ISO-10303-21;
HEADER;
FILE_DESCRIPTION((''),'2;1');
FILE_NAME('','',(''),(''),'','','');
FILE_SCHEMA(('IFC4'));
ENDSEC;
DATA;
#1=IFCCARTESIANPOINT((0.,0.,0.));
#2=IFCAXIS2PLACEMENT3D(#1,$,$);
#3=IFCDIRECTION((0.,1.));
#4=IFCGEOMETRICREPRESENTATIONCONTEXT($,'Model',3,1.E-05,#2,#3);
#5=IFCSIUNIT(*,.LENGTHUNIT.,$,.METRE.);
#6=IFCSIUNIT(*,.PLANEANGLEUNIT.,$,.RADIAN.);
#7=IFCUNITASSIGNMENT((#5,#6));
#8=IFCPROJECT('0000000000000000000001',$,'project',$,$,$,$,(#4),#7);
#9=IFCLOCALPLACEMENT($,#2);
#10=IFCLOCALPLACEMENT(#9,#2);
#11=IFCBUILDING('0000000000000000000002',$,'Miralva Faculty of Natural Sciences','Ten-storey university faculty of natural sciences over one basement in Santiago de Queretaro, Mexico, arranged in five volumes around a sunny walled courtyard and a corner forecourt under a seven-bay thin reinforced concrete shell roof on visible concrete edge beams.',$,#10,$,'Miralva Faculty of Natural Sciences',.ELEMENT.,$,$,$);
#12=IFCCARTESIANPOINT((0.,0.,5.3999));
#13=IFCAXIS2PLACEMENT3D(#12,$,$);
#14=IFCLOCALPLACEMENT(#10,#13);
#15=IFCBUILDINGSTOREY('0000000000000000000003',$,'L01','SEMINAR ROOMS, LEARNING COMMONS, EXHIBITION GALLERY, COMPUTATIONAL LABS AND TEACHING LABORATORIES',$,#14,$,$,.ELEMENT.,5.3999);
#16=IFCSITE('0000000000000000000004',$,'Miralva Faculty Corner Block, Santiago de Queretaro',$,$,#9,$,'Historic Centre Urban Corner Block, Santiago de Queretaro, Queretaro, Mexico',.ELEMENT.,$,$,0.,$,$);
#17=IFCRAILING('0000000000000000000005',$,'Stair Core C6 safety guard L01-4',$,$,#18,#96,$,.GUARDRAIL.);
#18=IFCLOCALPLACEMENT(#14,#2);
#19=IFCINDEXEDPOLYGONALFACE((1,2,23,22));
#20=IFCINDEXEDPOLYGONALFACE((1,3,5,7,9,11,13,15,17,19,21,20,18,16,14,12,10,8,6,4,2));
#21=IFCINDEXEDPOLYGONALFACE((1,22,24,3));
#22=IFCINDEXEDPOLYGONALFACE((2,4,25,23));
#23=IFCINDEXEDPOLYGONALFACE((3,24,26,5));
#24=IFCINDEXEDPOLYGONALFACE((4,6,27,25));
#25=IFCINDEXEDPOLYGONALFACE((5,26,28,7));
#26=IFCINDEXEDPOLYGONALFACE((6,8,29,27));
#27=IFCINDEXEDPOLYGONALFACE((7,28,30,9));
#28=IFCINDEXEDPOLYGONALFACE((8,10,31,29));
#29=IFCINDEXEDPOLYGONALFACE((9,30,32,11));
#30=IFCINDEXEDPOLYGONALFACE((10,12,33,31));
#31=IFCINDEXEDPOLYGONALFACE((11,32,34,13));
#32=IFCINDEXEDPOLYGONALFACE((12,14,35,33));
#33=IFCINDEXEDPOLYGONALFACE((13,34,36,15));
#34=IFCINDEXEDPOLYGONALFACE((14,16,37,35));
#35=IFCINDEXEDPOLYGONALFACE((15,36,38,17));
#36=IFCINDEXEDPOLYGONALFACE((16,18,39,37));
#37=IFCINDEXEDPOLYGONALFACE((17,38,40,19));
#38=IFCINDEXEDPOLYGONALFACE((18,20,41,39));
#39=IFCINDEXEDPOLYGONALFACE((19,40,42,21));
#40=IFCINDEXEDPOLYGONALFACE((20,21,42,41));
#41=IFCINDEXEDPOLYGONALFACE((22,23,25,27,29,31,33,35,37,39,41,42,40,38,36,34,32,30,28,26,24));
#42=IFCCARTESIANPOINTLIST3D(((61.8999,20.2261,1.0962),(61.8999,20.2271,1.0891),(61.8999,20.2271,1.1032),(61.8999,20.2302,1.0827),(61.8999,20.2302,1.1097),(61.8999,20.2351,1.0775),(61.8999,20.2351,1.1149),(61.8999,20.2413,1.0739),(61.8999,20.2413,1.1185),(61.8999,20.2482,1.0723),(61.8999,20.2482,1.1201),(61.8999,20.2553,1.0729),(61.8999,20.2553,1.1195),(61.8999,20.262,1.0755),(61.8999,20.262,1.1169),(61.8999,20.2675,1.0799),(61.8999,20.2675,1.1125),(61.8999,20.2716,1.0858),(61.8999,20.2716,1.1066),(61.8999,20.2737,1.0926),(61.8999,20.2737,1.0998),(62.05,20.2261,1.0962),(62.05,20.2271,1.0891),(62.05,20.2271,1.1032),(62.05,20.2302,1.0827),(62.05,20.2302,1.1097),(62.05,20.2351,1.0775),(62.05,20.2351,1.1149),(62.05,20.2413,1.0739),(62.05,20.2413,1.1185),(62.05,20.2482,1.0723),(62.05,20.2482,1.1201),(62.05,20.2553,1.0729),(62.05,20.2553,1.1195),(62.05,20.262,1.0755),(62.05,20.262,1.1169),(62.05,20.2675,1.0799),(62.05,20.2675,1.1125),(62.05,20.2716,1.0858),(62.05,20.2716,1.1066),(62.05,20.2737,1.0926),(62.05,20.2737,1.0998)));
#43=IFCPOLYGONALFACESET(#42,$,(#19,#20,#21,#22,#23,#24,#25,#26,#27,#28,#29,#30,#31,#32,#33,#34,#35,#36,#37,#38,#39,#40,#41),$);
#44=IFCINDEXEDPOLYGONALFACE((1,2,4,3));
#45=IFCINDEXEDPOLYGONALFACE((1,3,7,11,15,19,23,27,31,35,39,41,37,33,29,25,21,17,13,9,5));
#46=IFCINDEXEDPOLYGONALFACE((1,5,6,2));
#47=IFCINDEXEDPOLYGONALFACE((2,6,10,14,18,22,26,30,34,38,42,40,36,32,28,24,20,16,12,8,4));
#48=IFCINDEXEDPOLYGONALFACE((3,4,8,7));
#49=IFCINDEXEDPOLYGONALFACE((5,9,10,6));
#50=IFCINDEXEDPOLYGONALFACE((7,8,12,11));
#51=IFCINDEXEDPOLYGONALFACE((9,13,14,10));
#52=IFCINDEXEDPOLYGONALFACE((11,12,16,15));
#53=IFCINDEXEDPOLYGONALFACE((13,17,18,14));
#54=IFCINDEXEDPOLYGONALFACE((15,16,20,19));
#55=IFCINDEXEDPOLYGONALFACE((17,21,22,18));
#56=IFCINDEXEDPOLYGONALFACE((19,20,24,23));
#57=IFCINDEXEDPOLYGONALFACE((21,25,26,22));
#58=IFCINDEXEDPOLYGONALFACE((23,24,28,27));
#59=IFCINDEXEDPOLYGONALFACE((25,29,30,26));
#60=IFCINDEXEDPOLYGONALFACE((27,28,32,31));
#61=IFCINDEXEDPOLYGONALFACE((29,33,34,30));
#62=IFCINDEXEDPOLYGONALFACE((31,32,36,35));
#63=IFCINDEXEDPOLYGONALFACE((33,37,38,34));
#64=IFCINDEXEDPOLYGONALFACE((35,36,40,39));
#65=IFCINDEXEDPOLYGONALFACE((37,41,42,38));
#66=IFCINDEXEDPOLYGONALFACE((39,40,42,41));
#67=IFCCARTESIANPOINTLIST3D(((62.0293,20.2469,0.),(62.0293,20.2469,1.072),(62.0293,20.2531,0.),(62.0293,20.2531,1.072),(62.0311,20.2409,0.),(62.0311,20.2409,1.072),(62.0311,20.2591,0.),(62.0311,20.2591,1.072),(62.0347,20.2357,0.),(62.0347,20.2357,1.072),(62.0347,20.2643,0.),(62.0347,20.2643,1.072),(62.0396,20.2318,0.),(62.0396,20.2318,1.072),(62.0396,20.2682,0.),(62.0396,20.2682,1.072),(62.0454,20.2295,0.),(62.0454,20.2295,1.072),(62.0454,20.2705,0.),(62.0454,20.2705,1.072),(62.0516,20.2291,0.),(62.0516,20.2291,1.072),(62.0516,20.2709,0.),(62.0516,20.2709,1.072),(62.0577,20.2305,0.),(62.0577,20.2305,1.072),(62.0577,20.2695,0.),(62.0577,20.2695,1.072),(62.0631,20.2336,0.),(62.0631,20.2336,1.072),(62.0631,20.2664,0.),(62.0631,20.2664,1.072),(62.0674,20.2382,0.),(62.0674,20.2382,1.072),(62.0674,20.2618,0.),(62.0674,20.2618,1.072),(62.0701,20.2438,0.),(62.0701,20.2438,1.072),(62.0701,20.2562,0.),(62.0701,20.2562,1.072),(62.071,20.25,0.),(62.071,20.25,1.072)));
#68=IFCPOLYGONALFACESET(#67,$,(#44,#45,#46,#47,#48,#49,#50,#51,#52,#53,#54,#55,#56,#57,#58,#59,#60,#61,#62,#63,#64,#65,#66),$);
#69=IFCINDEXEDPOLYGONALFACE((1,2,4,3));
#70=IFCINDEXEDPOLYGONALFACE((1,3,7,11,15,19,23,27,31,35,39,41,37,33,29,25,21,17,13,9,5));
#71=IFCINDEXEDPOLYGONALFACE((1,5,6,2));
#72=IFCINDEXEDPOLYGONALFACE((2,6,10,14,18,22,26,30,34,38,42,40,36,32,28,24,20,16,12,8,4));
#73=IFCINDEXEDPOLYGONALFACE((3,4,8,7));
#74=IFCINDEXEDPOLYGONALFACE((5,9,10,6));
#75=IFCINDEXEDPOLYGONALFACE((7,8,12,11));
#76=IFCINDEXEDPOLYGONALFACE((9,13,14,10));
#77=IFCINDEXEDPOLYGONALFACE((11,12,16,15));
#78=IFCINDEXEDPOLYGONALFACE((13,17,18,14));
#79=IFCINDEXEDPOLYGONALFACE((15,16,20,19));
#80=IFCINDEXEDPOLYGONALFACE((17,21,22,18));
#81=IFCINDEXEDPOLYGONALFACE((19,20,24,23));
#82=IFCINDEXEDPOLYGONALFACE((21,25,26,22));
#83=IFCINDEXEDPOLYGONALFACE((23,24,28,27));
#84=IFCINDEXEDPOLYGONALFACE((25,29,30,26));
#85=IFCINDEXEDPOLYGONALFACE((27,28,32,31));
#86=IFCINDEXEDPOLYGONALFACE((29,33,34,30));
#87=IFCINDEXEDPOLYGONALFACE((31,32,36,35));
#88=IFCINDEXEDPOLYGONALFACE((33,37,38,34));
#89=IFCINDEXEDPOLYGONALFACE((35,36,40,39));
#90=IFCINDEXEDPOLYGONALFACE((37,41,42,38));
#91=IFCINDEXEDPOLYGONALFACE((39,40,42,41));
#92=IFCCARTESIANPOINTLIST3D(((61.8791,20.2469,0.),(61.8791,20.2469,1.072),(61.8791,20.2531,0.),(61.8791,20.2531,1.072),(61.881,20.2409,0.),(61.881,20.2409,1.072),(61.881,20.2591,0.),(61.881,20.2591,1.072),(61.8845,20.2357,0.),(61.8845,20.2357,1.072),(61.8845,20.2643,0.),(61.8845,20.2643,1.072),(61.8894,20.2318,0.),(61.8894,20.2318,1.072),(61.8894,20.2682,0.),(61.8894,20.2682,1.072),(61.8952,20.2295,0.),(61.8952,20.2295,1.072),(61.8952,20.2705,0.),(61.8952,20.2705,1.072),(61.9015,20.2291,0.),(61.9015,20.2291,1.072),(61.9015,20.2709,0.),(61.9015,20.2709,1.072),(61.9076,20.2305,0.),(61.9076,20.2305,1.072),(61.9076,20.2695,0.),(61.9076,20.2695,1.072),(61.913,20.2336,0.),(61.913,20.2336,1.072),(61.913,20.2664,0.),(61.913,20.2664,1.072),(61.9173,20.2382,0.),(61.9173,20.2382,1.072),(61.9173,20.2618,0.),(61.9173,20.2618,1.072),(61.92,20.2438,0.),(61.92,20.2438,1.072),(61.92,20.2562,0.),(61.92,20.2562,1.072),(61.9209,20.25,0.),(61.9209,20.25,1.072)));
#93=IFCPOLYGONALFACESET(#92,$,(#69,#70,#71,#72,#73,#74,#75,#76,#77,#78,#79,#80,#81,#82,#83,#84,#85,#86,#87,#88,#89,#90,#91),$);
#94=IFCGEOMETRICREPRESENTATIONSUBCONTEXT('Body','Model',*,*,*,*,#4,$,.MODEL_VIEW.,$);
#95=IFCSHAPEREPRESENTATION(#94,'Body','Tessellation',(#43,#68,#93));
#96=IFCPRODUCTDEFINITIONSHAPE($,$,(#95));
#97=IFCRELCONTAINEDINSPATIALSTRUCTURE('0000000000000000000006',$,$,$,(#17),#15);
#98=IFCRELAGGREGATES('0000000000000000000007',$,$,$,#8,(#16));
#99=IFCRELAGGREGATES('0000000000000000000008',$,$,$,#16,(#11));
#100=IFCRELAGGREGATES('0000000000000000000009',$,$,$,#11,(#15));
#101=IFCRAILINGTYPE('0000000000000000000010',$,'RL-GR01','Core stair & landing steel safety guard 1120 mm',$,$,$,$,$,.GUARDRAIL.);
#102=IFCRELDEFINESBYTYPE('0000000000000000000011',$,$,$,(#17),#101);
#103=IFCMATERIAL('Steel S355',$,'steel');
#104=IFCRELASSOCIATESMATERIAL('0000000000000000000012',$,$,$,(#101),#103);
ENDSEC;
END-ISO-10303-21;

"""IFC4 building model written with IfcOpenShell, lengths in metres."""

from ifc_helpers import new_model, si_unit, direction, frame, origin, origin_2d, place, context, subcontext, project, spatial, circle, extrude, material, type_object, element, save


model = new_model("IFC4")

# Units and contexts
model_context = context("Model", 3, precision=1e-05, world=origin(), true_north=direction((0.0, 1.0)))
body_context = subcontext(model_context, "Body", "Model", "MODEL_VIEW")
ifc_project = project(units=[si_unit("LENGTHUNIT", "METRE"), si_unit("PLANEANGLEUNIT", "RADIAN")], contexts=[model_context])

# Site, building, storey
site_placement = place(None, origin())
site = spatial("IfcSite", under=ifc_project, at=site_placement, Name="Miralva Faculty Corner Block, Santiago de Queretaro", LongName="Historic Centre Urban Corner Block, Santiago de Queretaro, Queretaro, Mexico", CompositionType="ELEMENT", RefElevation=0.0)
building_placement = place(site_placement, origin())
building = spatial("IfcBuilding", under=site, at=building_placement, Name="Miralva Faculty of Natural Sciences", Description="Ten-storey university faculty of natural sciences over one basement in Santiago de Queretaro, Mexico, arranged in five volumes around a sunny walled courtyard and a corner forecourt under a seven-bay thin reinforced concrete shell roof on visible concrete edge beams.", LongName="Miralva Faculty of Natural Sciences", CompositionType="ELEMENT")
storey_placement = place(building_placement, frame((0.0, 0.0, 5.3999)))
storey = spatial("IfcBuildingStorey", under=building, at=storey_placement, Name="L01", Description="SEMINAR ROOMS, LEARNING COMMONS, EXHIBITION GALLERY, COMPUTATIONAL LABS AND TEACHING LABORATORIES", CompositionType="ELEMENT", Elevation=5.3999)

# Railing
ifc_material_1 = material(Name="Steel S355", Category="steel")
railing_type_1 = type_object("IfcRailingType", Name="RL-GR01", Description="Core stair & landing steel safety guard 1120 mm", PredefinedType="GUARDRAIL", material=ifc_material_1)
railing_1_placement = place(storey_placement, frame((62.05, 20.25, 0.0)))
element("IfcRailing", 1, at=railing_1_placement, inside=storey, type_object=railing_type_1, Name="Stair Core C6 safety guard L01-4", PredefinedType="GUARDRAIL", context=body_context, shape_type="SweptSolid", body=[
    extrude(circle(Radius=0.0239, at=origin_2d()), frame((0.0, 0.0, 1.0962), z_axis=(-1.0, 0.0, 0.0), x_axis=(0.0, -1.0, 0.0)), (0.0, 0.0, 1.0), 0.1501),
    extrude(circle(Radius=0.021, at=origin_2d()), origin(), (0.0, 0.0, 1.0), 1.072),
    extrude(circle(Radius=0.021, at=origin_2d()), frame((-0.1501, 0.0, 0.0)), (0.0, 0.0, 1.0), 1.072),
])

save(model, "model.ifc")
